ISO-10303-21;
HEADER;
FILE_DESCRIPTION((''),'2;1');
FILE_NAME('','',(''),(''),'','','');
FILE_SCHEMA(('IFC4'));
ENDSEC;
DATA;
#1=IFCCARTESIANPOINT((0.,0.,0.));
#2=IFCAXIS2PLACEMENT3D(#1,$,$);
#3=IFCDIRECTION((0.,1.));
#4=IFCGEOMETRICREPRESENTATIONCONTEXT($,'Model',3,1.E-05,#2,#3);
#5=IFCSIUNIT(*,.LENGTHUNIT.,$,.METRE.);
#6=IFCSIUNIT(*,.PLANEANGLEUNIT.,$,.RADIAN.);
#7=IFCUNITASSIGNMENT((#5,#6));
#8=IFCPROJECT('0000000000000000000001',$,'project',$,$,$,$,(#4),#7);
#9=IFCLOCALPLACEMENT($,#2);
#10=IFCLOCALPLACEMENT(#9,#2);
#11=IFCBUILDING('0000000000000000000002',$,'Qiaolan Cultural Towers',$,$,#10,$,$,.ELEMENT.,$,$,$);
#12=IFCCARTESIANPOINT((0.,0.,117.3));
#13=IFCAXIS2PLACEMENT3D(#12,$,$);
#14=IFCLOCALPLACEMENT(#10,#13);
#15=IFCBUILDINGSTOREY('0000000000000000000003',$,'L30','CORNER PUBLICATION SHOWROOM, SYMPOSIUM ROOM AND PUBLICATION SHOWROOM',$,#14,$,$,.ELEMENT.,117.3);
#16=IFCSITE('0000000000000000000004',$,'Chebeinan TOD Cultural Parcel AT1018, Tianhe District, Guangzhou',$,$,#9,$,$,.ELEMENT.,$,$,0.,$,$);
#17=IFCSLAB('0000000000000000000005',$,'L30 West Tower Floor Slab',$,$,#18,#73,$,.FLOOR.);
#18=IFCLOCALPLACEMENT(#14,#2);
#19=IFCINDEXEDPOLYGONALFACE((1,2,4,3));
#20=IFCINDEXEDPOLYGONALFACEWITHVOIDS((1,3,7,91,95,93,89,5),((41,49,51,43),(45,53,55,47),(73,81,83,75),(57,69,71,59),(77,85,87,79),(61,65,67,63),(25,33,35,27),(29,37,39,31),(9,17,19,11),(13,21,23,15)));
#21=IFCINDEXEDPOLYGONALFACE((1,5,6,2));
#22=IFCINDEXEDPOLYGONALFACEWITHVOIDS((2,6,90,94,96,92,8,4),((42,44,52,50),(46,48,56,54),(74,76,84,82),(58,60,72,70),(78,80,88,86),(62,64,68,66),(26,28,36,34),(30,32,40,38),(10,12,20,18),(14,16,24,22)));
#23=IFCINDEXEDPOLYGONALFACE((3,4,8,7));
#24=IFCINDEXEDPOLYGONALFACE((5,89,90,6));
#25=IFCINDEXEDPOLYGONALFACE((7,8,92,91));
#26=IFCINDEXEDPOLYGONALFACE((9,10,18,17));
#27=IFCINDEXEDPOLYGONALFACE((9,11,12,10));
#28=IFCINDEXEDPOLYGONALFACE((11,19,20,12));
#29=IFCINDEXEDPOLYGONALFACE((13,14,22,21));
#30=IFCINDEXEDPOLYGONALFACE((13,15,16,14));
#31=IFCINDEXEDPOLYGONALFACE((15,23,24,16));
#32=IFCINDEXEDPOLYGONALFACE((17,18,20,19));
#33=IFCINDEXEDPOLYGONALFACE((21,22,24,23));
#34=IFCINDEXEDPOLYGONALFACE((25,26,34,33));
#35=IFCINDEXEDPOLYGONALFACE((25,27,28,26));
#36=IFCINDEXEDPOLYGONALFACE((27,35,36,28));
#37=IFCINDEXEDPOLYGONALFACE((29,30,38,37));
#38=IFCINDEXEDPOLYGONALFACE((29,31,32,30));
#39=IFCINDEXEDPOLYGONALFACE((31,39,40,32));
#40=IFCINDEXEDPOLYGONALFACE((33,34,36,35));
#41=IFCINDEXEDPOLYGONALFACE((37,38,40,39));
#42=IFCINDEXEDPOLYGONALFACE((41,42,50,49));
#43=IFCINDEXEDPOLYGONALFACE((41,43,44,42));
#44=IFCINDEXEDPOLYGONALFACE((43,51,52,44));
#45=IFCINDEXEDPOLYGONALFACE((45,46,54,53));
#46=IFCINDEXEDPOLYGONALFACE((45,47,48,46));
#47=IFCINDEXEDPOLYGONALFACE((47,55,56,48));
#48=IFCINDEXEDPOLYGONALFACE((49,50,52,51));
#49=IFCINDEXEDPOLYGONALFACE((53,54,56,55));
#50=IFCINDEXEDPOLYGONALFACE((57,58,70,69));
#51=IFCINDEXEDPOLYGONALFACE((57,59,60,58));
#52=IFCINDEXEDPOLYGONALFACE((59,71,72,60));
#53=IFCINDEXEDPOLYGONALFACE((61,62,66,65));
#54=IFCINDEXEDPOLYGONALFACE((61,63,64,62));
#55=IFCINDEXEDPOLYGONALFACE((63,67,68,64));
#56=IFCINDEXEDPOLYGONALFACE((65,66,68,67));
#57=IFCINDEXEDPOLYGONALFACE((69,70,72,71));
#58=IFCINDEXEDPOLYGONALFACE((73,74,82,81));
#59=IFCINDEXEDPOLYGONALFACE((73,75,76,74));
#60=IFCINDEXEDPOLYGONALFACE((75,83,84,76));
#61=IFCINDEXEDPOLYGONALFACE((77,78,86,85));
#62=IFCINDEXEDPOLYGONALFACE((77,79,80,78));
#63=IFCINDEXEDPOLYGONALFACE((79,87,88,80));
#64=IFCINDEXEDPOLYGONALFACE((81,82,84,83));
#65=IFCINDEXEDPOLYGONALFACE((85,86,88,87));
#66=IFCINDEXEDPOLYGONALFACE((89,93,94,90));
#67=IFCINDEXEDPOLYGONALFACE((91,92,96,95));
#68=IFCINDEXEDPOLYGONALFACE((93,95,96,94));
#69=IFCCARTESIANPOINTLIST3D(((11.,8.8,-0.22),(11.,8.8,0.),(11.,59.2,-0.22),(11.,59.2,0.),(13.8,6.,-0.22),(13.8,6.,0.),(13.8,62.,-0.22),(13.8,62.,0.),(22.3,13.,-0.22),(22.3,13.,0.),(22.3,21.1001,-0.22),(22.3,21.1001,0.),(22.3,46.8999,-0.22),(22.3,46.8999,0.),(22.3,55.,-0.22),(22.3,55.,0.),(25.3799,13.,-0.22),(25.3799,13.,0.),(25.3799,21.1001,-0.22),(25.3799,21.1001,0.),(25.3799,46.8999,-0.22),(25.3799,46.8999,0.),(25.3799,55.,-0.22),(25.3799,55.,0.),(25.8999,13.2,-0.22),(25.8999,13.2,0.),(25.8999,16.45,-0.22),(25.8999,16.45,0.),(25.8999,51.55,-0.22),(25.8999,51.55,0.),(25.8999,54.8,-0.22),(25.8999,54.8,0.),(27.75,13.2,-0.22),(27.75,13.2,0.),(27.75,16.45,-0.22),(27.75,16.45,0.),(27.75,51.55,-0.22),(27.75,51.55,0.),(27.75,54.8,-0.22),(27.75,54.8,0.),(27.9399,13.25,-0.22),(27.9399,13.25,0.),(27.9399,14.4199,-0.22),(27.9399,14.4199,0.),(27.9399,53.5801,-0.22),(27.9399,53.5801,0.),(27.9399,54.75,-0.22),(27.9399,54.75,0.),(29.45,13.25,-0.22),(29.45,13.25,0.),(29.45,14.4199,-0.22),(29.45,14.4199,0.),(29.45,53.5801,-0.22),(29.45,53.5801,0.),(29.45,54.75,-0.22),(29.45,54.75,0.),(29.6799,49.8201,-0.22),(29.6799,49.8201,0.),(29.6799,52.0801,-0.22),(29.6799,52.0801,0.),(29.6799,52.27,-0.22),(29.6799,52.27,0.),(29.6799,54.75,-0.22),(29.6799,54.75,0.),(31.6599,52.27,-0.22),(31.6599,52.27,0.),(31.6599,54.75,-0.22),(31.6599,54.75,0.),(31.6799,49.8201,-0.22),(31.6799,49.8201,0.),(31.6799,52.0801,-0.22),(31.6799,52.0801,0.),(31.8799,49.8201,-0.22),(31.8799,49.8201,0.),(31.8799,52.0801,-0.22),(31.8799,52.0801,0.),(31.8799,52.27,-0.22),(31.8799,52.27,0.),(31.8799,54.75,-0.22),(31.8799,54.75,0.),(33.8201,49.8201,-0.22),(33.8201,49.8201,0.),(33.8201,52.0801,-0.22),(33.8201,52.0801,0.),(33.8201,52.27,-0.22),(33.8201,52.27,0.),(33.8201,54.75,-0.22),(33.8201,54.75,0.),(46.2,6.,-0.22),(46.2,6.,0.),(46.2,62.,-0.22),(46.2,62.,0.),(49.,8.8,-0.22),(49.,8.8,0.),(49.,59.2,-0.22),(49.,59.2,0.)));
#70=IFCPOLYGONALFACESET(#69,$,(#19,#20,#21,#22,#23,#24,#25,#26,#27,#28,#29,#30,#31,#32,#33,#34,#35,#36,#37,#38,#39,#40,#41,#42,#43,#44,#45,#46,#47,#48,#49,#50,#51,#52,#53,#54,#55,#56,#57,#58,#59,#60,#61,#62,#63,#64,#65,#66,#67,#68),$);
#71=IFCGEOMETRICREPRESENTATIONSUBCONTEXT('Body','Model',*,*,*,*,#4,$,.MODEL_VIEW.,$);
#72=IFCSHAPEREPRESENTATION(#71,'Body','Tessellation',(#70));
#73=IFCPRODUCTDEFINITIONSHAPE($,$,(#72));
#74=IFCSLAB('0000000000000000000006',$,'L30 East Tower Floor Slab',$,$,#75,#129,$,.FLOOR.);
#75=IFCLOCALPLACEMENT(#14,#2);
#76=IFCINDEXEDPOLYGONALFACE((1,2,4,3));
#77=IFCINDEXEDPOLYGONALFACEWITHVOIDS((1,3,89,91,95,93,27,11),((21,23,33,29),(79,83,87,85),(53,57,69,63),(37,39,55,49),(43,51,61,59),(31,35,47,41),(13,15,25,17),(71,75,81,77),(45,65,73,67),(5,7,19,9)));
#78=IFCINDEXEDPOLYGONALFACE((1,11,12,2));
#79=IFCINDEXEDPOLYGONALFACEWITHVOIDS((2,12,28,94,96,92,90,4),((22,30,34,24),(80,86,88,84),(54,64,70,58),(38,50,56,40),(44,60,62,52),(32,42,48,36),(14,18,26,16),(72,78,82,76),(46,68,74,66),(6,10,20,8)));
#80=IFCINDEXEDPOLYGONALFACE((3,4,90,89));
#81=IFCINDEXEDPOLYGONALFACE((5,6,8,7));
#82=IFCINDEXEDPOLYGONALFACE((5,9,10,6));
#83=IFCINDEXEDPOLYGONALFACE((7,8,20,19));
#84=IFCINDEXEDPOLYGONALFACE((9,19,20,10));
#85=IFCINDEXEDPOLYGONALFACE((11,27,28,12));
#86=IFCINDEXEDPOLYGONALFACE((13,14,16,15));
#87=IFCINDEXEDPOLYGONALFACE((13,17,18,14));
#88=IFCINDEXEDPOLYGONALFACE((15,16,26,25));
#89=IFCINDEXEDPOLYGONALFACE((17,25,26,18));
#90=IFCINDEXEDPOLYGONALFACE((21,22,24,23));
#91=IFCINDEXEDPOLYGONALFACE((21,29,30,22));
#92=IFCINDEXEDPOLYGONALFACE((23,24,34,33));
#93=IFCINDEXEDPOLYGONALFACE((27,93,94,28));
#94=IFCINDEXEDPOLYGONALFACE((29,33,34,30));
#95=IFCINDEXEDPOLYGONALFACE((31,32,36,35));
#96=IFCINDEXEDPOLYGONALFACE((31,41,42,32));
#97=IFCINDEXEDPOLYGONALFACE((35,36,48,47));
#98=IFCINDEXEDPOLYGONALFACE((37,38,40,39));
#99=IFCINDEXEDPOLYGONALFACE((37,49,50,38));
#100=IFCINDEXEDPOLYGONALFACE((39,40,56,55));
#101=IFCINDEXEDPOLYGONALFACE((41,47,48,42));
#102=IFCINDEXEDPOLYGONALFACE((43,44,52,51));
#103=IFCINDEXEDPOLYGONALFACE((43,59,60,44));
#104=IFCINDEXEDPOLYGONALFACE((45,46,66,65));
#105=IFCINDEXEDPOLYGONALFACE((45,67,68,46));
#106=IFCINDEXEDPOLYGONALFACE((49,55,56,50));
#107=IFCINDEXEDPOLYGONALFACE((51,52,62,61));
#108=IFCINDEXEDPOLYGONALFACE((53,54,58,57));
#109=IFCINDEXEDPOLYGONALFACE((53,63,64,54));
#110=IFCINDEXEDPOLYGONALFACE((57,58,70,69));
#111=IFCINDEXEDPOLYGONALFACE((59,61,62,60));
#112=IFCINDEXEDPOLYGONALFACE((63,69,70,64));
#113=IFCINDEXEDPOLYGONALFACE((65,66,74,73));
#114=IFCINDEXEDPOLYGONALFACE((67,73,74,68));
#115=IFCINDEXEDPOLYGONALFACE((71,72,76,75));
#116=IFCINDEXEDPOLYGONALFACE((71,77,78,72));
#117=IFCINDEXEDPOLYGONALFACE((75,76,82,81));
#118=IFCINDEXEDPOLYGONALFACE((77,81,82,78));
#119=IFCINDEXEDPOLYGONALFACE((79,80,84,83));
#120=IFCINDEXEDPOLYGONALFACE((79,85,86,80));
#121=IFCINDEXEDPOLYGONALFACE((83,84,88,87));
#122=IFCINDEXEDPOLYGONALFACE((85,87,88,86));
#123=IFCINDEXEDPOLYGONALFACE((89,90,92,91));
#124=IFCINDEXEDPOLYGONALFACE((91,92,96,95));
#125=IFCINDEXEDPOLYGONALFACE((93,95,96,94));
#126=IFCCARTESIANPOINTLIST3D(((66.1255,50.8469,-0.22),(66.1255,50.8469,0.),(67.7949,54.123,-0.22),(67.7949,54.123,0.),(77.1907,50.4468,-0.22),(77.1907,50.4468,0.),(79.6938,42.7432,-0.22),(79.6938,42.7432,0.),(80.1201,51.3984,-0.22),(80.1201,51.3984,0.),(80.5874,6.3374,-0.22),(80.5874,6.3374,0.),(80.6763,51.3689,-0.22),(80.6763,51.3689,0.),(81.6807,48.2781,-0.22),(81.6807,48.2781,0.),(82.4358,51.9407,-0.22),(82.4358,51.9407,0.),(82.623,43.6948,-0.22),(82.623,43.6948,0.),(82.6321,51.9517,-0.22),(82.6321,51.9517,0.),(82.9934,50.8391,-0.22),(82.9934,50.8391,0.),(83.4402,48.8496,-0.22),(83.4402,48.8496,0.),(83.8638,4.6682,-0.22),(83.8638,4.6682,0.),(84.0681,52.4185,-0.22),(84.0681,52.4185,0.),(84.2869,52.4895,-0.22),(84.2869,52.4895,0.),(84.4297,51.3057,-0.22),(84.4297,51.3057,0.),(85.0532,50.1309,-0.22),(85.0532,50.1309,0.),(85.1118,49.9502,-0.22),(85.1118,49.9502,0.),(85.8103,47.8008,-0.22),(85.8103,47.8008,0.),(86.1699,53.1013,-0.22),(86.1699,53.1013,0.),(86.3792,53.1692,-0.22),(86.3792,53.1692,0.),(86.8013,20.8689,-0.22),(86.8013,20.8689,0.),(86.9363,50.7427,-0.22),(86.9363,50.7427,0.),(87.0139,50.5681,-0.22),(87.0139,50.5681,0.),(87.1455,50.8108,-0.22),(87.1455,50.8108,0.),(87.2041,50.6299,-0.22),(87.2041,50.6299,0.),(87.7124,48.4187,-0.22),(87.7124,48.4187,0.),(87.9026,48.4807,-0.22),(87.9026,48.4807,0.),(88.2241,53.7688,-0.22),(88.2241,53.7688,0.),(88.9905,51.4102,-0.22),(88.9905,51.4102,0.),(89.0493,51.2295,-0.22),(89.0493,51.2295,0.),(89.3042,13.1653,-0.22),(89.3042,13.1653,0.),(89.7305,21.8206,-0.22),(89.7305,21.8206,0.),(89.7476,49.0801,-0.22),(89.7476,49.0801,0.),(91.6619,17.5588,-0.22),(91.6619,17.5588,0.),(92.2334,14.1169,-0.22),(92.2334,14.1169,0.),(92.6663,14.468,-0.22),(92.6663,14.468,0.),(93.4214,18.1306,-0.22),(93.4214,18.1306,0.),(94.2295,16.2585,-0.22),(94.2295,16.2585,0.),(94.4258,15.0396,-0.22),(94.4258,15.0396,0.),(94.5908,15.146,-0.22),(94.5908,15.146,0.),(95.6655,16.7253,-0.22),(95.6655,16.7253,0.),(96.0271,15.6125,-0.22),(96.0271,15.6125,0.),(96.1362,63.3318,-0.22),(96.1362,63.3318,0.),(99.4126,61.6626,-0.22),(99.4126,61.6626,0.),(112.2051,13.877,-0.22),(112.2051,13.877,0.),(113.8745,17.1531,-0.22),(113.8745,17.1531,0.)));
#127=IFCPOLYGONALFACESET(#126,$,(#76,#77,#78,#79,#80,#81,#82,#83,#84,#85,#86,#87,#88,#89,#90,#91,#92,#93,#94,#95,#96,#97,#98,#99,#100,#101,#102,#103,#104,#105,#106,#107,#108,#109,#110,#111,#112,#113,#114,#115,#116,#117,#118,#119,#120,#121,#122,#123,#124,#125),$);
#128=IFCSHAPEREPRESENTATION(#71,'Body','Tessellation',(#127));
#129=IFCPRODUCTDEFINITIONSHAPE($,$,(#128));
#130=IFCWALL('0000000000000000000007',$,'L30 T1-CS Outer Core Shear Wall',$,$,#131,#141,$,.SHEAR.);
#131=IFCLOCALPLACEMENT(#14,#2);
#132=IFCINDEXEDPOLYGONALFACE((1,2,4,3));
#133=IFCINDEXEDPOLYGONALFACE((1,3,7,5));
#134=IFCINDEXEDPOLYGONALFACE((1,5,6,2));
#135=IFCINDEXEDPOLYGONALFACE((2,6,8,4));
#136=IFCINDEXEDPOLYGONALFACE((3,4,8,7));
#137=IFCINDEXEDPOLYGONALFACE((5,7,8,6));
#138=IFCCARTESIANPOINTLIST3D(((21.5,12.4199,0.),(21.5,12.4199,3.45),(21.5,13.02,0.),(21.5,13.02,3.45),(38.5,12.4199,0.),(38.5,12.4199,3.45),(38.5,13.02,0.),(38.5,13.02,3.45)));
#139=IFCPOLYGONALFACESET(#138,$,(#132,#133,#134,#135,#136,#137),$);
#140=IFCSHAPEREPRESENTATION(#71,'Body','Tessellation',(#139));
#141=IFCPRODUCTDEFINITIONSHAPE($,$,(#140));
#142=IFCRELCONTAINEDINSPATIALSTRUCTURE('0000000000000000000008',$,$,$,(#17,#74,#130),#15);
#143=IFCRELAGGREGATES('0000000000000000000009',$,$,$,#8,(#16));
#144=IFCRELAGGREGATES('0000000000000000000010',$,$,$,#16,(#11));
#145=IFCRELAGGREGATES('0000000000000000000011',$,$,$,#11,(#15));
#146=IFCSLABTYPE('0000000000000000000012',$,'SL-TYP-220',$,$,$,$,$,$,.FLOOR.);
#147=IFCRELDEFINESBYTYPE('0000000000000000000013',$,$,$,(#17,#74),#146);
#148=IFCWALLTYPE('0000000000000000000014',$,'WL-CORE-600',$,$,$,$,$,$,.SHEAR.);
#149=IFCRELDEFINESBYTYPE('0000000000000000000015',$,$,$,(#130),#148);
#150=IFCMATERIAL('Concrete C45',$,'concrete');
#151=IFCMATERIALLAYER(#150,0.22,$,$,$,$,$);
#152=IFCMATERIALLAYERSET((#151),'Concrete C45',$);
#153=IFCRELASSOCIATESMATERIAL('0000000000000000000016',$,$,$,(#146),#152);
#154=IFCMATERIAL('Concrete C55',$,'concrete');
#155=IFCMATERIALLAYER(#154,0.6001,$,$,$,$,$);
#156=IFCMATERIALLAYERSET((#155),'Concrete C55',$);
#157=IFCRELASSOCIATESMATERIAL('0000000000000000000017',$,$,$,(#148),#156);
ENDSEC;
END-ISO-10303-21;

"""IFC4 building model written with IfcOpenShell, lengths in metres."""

from ifc_helpers import new_model, si_unit, direction, frame, frame_2d, origin, place, context, subcontext, project, spatial, polyline, rectangle, outline, extrude, material, layer, layer_set, type_object, element, save


model = new_model("IFC4")

# Units and contexts
model_context = context("Model", 3, precision=1e-05, world=origin(), true_north=direction((0.0, 1.0)))
body_context = subcontext(model_context, "Body", "Model", "MODEL_VIEW")
ifc_project = project(units=[si_unit("LENGTHUNIT", "METRE"), si_unit("PLANEANGLEUNIT", "RADIAN")], contexts=[model_context])

# Site, building, storey
site_placement = place(None, origin())
site = spatial("IfcSite", under=ifc_project, at=site_placement, Name="Chebeinan TOD Cultural Parcel AT1018, Tianhe District, Guangzhou", CompositionType="ELEMENT", RefElevation=0.0)
building_placement = place(site_placement, origin())
building = spatial("IfcBuilding", under=site, at=building_placement, Name="Qiaolan Cultural Towers", CompositionType="ELEMENT")
storey_placement = place(building_placement, frame((0.0, 0.0, 117.3)))
storey = spatial("IfcBuildingStorey", under=building, at=storey_placement, Name="L30", Description="CORNER PUBLICATION SHOWROOM, SYMPOSIUM ROOM AND PUBLICATION SHOWROOM", CompositionType="ELEMENT", Elevation=117.3)

# Slabs
ifc_material_1 = material(Name="Concrete C45", Category="concrete")
ifc_layer_1 = layer(ifc_material_1, 0.22)
ifc_layer_set_1 = layer_set([ifc_layer_1], Name="Concrete C45")
slab_type_1 = type_object("IfcSlabType", Name="SL-TYP-220", PredefinedType="FLOOR", material=ifc_layer_set_1)
slab_1_placement = place(storey_placement, frame((0.0, 0.0, -0.22)))
element("IfcSlab", 1, at=slab_1_placement, inside=storey, type_object=slab_type_1, Name="L30 West Tower Floor Slab", PredefinedType="FLOOR", context=body_context, shape_type="SweptSolid", body=[
    extrude(outline(polyline([(13.8, 6.0), (46.2, 6.0), (49.0, 8.8), (49.0, 59.2), (46.2, 62.0), (13.8, 62.0), (11.0, 59.2), (11.0, 8.8), (13.8, 6.0)]), holes=[polyline([(22.3, 21.1001), (22.3, 13.0), (25.3799, 13.0), (25.3799, 21.1001), (22.3, 21.1001)]), polyline([(25.3799, 46.8999), (25.3799, 55.0), (22.3, 55.0), (22.3, 46.8999), (25.3799, 46.8999)]), polyline([(25.8999, 13.2), (27.75, 13.2), (27.75, 16.45), (25.8999, 16.45), (25.8999, 13.2)]), polyline([(27.9399, 13.25), (29.45, 13.25), (29.45, 14.4199), (27.9399, 14.4199), (27.9399, 13.25)]), polyline([(25.8999, 51.55), (27.75, 51.55), (27.75, 54.8), (25.8999, 54.8), (25.8999, 51.55)]), polyline([(27.9399, 53.5801), (29.45, 53.5801), (29.45, 54.75), (27.9399, 54.75), (27.9399, 53.5801)]), polyline([(29.6799, 49.8201), (31.6799, 49.8201), (31.6799, 52.0801), (29.6799, 52.0801), (29.6799, 49.8201)]), polyline([(31.8799, 49.8201), (33.8201, 49.8201), (33.8201, 52.0801), (31.8799, 52.0801), (31.8799, 49.8201)]), polyline([(29.6799, 52.27), (31.6599, 52.27), (31.6599, 54.75), (29.6799, 54.75), (29.6799, 52.27)]), polyline([(31.8799, 52.27), (33.8201, 52.27), (33.8201, 54.75), (31.8799, 54.75), (31.8799, 52.27)])]), origin(), (0.0, 0.0, 1.0), 0.22),
])
slab_2_placement = place(storey_placement, frame((0.0, 0.0, -0.22)))
element("IfcSlab", 2, at=slab_2_placement, inside=storey, type_object=slab_type_1, Name="L30 East Tower Floor Slab", PredefinedType="FLOOR", context=body_context, shape_type="SweptSolid", body=[
    extrude(outline(polyline([(83.8638, 4.6682), (112.2051, 13.877), (113.8745, 17.1531), (99.4126, 61.6626), (96.1362, 63.3318), (67.7949, 54.123), (66.1255, 50.8469), (80.5874, 6.3374), (83.8638, 4.6682)]), holes=[polyline([(86.8013, 20.8689), (89.3042, 13.1653), (92.2334, 14.1169), (89.7305, 21.8206), (86.8013, 20.8689)]), polyline([(82.623, 43.6948), (80.1201, 51.3984), (77.1907, 50.4468), (79.6938, 42.7432), (82.623, 43.6948)]), polyline([(92.6663, 14.468), (94.4258, 15.0396), (93.4214, 18.1306), (91.6619, 17.5588), (92.6663, 14.468)]), polyline([(94.5908, 15.146), (96.0271, 15.6125), (95.6655, 16.7253), (94.2295, 16.2585), (94.5908, 15.146)]), polyline([(81.6807, 48.2781), (83.4402, 48.8496), (82.4358, 51.9407), (80.6763, 51.3689), (81.6807, 48.2781)]), polyline([(82.9934, 50.8391), (84.4297, 51.3057), (84.0681, 52.4185), (82.6321, 51.9517), (82.9934, 50.8391)]), polyline([(85.8103, 47.8008), (87.7124, 48.4187), (87.0139, 50.5681), (85.1118, 49.9502), (85.8103, 47.8008)]), polyline([(87.9026, 48.4807), (89.7476, 49.0801), (89.0493, 51.2295), (87.2041, 50.6299), (87.9026, 48.4807)]), polyline([(85.0532, 50.1309), (86.9363, 50.7427), (86.1699, 53.1013), (84.2869, 52.4895), (85.0532, 50.1309)]), polyline([(87.1455, 50.8108), (88.9905, 51.4102), (88.2241, 53.7688), (86.3792, 53.1692), (87.1455, 50.8108)])]), origin(), (0.0, 0.0, 1.0), 0.22),
])

# Wall
ifc_material_2 = material(Name="Concrete C55", Category="concrete")
ifc_layer_2 = layer(ifc_material_2, 0.6001)
ifc_layer_set_2 = layer_set([ifc_layer_2], Name="Concrete C55")
wall_type_1 = type_object("IfcWallType", Name="WL-CORE-600", PredefinedType="SHEAR", material=ifc_layer_set_2)
wall_1_placement = place(storey_placement, frame((21.5, 12.72, 0.0), z_axis=(0.0, 0.0, 1.0), x_axis=(1.0, 0.0, 0.0)))
element("IfcWall", 3, at=wall_1_placement, inside=storey, type_object=wall_type_1, Name="L30 T1-CS Outer Core Shear Wall", PredefinedType="SHEAR", context=body_context, shape_type="SweptSolid", body=[
    extrude(rectangle(XDim=17.0, YDim=0.6001, at=frame_2d((8.5, 0.0))), origin(), (0.0, 0.0, 1.0), 3.45),
])

save(model, "model.ifc")
